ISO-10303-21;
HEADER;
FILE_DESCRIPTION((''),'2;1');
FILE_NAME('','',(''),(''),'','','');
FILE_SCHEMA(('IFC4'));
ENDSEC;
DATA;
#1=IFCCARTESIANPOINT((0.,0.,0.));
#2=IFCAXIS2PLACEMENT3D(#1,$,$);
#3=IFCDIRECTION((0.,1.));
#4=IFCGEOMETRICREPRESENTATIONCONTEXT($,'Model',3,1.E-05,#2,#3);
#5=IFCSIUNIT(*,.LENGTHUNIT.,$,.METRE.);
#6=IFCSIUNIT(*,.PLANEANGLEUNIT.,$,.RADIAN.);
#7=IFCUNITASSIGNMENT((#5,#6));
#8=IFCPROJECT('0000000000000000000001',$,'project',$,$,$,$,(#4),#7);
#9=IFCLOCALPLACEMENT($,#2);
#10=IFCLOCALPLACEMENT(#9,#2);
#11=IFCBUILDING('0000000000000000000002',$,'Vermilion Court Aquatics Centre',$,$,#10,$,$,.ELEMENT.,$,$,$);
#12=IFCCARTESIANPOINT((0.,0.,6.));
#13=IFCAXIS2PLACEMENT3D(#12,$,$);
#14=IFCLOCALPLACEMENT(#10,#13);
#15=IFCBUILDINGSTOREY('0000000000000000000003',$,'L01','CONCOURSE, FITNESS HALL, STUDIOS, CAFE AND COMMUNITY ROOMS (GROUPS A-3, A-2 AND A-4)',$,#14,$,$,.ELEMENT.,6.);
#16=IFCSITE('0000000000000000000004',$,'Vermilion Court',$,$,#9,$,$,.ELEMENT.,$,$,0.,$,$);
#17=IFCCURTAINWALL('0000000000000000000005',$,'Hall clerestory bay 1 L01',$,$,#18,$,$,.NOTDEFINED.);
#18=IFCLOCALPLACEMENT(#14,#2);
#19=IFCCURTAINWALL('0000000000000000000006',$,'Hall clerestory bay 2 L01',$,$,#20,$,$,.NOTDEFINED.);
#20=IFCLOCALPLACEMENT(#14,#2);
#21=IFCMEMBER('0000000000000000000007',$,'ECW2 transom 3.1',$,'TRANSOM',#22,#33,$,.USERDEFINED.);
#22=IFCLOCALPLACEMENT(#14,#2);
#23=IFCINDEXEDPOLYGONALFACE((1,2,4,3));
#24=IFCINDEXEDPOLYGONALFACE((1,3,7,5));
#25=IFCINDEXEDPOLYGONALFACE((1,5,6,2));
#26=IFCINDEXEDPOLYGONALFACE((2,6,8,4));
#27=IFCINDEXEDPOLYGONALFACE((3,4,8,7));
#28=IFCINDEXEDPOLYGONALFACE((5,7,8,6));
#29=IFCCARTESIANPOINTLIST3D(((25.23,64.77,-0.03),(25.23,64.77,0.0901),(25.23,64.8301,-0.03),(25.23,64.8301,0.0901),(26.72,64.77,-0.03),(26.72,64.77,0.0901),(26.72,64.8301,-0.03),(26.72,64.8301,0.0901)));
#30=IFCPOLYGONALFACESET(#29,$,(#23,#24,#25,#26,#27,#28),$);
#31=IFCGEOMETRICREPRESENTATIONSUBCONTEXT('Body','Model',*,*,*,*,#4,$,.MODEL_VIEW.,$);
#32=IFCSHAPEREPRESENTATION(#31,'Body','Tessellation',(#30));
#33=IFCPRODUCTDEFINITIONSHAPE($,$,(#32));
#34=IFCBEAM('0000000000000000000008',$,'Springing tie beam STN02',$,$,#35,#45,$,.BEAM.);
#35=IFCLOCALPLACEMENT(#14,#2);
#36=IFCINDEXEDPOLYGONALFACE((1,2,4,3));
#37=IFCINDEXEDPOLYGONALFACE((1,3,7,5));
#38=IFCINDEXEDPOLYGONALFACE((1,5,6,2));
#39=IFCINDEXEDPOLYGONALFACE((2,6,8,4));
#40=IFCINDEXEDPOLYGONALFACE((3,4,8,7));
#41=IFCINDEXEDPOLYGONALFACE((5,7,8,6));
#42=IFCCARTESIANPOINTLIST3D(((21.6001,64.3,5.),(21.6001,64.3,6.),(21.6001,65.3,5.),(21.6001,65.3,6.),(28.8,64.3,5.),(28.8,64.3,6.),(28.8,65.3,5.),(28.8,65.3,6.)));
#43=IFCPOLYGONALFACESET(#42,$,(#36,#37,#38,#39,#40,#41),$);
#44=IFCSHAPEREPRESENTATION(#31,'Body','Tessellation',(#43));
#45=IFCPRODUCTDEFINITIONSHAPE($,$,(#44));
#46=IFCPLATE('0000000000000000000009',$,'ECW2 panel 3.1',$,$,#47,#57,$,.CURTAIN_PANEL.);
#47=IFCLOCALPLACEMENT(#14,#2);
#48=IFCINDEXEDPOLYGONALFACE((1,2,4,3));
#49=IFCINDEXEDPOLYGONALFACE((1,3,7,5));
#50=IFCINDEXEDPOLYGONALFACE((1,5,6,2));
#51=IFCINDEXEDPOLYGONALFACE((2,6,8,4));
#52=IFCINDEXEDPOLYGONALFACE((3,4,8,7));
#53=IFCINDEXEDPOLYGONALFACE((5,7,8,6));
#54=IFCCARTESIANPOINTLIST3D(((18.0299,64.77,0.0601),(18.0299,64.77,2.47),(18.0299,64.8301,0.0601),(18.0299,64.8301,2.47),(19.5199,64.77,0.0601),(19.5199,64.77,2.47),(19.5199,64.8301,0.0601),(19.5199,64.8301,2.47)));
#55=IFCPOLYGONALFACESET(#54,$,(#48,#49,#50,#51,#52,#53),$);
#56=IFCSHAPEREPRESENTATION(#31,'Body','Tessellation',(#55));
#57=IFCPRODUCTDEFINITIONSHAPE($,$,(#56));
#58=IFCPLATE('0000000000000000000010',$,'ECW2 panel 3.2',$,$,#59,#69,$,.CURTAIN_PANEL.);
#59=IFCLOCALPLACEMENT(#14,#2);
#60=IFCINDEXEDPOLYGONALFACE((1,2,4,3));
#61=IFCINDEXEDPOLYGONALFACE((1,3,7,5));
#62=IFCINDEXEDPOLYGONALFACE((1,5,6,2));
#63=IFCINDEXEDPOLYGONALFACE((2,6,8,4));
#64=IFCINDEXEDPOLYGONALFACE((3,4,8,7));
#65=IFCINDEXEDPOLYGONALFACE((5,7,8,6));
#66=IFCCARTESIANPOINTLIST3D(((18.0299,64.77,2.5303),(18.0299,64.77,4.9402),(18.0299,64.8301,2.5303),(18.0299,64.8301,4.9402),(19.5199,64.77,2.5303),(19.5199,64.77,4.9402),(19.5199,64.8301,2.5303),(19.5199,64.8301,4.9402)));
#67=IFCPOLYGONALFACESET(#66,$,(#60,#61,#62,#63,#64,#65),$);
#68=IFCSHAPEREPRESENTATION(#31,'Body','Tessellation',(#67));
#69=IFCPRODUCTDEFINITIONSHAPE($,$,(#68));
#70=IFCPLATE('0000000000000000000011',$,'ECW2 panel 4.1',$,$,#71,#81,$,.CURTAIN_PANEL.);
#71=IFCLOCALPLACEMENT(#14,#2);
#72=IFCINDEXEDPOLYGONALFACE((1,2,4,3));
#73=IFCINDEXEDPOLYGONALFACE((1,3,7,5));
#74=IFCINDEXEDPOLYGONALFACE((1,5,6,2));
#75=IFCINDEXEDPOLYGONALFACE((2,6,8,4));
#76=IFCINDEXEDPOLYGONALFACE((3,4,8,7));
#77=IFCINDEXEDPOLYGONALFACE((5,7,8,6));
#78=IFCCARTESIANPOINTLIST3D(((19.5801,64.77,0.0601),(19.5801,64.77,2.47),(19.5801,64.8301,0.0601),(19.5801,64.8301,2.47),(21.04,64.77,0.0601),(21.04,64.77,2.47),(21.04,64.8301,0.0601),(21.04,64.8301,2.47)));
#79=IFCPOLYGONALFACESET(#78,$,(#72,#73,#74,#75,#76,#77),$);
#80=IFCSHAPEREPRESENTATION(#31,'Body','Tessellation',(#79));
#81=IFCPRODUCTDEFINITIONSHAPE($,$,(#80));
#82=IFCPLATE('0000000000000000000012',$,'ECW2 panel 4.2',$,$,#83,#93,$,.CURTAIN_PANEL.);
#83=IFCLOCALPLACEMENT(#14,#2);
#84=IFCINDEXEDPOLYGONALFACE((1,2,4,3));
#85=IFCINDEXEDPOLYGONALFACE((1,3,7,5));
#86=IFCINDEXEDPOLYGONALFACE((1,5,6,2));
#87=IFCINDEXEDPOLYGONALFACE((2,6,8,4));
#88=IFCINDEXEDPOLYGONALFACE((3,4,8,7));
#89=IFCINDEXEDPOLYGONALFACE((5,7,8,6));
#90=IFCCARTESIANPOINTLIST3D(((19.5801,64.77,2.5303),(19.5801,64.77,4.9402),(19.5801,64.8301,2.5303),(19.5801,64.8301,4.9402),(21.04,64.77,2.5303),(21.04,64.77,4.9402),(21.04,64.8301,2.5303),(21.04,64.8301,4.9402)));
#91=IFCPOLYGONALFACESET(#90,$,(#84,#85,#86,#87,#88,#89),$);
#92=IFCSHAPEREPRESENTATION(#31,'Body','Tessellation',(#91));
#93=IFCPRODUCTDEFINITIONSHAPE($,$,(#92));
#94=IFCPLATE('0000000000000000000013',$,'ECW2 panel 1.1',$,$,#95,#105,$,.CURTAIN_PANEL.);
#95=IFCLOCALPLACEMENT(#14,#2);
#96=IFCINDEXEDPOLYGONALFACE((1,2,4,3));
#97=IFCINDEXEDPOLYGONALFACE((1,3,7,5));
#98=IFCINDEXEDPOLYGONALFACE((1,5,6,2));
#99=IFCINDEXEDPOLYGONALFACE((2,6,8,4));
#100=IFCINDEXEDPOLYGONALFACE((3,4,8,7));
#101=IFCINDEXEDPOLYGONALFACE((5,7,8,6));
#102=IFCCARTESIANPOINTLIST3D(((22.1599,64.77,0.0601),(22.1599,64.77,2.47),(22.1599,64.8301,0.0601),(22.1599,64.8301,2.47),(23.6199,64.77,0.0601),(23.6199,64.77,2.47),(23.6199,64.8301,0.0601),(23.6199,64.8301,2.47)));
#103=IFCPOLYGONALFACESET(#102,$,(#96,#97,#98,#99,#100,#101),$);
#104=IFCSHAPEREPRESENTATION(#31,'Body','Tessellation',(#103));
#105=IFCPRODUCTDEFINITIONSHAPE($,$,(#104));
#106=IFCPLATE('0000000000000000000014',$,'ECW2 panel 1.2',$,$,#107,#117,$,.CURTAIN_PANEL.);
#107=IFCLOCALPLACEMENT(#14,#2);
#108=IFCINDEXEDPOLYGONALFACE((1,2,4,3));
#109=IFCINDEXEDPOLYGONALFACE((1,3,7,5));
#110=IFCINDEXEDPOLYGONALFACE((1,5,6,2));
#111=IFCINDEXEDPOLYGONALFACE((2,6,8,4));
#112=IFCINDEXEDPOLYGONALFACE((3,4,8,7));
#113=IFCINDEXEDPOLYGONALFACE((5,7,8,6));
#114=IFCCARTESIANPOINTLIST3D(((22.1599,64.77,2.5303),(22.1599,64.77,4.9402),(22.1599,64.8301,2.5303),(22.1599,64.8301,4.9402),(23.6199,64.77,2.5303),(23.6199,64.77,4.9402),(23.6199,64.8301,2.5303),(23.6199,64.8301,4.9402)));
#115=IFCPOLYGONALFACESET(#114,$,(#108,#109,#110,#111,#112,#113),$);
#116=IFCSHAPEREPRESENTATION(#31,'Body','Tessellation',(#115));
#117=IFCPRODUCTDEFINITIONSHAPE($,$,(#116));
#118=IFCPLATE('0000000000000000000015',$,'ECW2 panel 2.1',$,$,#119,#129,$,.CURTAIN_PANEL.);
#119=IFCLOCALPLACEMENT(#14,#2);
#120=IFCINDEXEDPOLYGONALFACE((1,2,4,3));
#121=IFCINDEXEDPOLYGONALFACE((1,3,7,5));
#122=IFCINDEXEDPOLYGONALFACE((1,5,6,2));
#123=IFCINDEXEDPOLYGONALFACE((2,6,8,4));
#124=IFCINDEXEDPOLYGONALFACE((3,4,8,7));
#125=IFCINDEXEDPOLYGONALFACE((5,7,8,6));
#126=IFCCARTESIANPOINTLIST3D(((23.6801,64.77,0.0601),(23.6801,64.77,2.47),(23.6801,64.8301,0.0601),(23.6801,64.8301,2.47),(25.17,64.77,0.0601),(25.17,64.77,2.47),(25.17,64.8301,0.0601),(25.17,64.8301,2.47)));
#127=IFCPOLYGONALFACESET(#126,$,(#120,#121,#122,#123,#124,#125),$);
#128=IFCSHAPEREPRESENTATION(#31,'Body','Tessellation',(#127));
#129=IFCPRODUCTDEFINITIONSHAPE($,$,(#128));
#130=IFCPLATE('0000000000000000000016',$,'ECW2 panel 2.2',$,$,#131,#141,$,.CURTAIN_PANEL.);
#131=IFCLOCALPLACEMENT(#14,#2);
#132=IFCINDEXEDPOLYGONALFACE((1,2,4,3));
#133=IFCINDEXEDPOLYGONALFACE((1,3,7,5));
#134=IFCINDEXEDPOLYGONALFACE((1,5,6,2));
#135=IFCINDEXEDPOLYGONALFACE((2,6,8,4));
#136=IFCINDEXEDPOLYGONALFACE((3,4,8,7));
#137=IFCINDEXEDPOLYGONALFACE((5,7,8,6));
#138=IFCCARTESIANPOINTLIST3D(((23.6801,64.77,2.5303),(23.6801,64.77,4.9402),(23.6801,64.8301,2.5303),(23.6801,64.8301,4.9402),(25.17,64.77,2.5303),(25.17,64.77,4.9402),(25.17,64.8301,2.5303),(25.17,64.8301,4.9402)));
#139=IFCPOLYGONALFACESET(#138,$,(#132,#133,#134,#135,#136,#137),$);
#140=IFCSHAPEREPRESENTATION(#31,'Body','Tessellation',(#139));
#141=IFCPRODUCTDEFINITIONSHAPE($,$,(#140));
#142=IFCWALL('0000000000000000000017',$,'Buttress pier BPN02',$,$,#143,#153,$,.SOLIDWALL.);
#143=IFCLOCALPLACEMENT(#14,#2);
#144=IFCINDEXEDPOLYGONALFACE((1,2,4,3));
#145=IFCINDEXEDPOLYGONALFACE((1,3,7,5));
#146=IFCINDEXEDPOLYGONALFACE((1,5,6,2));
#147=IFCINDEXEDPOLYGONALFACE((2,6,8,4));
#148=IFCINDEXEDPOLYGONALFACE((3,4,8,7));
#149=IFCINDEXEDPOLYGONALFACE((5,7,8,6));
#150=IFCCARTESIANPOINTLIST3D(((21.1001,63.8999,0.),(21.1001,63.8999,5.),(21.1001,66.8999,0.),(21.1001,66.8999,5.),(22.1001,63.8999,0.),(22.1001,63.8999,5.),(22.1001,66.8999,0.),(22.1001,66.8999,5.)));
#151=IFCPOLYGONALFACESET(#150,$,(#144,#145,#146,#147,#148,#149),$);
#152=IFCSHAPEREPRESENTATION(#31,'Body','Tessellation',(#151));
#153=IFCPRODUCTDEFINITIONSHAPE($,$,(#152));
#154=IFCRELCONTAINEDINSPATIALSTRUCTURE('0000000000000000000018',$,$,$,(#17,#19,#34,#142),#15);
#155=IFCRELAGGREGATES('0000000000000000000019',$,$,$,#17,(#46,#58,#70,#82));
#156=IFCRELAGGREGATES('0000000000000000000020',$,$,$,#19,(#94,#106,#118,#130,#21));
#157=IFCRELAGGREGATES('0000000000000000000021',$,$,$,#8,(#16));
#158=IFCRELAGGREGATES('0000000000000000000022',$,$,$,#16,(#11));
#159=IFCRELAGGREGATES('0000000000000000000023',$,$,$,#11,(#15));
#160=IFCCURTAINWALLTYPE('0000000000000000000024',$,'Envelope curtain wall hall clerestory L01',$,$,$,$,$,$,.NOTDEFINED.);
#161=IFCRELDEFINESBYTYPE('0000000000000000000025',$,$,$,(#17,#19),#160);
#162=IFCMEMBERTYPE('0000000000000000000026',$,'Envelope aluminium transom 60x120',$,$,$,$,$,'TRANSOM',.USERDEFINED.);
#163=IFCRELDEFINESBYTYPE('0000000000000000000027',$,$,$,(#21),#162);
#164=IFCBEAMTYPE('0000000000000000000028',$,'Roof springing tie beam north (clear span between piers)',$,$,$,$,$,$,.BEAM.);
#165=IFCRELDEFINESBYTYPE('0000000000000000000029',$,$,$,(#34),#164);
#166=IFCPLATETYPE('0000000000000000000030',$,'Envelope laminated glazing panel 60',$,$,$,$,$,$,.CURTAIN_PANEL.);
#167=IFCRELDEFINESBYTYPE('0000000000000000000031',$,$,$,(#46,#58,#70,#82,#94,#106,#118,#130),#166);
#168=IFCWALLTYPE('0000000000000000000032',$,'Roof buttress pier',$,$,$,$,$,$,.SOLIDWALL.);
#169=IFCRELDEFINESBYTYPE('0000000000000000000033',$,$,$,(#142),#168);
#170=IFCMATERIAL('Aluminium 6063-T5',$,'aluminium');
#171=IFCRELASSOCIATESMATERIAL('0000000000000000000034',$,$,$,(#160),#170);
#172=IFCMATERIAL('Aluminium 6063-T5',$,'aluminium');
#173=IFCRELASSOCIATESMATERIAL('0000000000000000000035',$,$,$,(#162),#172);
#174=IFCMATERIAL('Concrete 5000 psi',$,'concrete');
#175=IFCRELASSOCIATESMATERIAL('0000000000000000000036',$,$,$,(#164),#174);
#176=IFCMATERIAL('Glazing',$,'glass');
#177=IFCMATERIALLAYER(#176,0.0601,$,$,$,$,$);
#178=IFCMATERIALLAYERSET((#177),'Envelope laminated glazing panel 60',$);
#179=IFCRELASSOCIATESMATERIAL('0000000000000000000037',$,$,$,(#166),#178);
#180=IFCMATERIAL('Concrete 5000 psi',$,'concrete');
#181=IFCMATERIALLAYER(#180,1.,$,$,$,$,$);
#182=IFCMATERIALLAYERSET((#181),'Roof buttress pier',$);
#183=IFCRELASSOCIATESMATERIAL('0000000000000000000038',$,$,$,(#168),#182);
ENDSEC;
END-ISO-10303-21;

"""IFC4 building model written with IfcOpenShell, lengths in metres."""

from ifc_helpers import new_model, si_unit, direction, frame, frame_2d, origin, origin_2d, place, context, subcontext, project, spatial, rectangle, extrude, material, layer, layer_set, material_profile, profile_set, type_object, element, aggregate, save


model = new_model("IFC4")

# Units and contexts
model_context = context("Model", 3, precision=1e-05, world=origin(), true_north=direction((0.0, 1.0)))
body_context = subcontext(model_context, "Body", "Model", "MODEL_VIEW")
ifc_project = project(units=[si_unit("LENGTHUNIT", "METRE"), si_unit("PLANEANGLEUNIT", "RADIAN")], contexts=[model_context])

# Site, building, storey
site_placement = place(None, origin())
site = spatial("IfcSite", under=ifc_project, at=site_placement, Name="Vermilion Court", CompositionType="ELEMENT", RefElevation=0.0)
building_placement = place(site_placement, origin())
building = spatial("IfcBuilding", under=site, at=building_placement, Name="Vermilion Court Aquatics Centre", CompositionType="ELEMENT")
storey_placement = place(building_placement, frame((0.0, 0.0, 6.0)))
storey = spatial("IfcBuildingStorey", under=building, at=storey_placement, Name="L01", Description="CONCOURSE, FITNESS HALL, STUDIOS, CAFE AND COMMUNITY ROOMS (GROUPS A-3, A-2 AND A-4)", CompositionType="ELEMENT", Elevation=6.0)

# Curtain walls
ifc_material_1 = material(Name="Aluminium 6063-T5", Category="aluminium")
curtain_wall_type = type_object("IfcCurtainWallType", Name="Envelope curtain wall hall clerestory L01", PredefinedType="NOTDEFINED", material=ifc_material_1)
curtain_wall_1_placement = place(storey_placement, origin())
curtain_wall_1 = element("IfcCurtainWall", 1, at=curtain_wall_1_placement, inside=storey, type_object=curtain_wall_type, Name="Hall clerestory bay 1 L01", PredefinedType="NOTDEFINED")
curtain_wall_2_placement = place(storey_placement, origin())
curtain_wall_2 = element("IfcCurtainWall", 2, at=curtain_wall_2_placement, inside=storey, type_object=curtain_wall_type, Name="Hall clerestory bay 2 L01", PredefinedType="NOTDEFINED")

# Member
ifc_material_2 = material(Name="Aluminium 6063-T5", Category="aluminium")
ifc_material_profile_1 = material_profile(ifc_material_2, rectangle(XDim=0.0601, YDim=0.1201, at=origin_2d()), Name="AL 60x120")
ifc_profile_set_1 = profile_set([ifc_material_profile_1], Name="Aluminium 6063-T5")
member_type_1 = type_object("IfcMemberType", Name="Envelope aluminium transom 60x120", ElementType="TRANSOM", PredefinedType="USERDEFINED", material=ifc_profile_set_1)
member_1_placement = place(storey_placement, frame((25.23, 64.8, 0.03), z_axis=(1.0, 0.0, 0.0), x_axis=(0.0, 1.0, 0.0)))
member_1 = element("IfcMember", 3, at=member_1_placement, type_object=member_type_1, Name="ECW2 transom 3.1", ObjectType="TRANSOM", PredefinedType="USERDEFINED", context=body_context, shape_type="SweptSolid", body=[
    extrude(rectangle(XDim=0.0601, YDim=0.1201, at=origin_2d()), origin(), (0.0, 0.0, 1.0), 1.49),
])

# Beam
ifc_material_3 = material(Name="Concrete 5000 psi", Category="concrete")
ifc_material_profile_2 = material_profile(ifc_material_3, rectangle(XDim=1.0, YDim=1.0, at=origin_2d()), Name="RC 1000x1000")
ifc_profile_set_2 = profile_set([ifc_material_profile_2], Name="Concrete 5000 psi")
beam_type = type_object("IfcBeamType", Name="Roof springing tie beam north (clear span between piers)", PredefinedType="BEAM", material=ifc_profile_set_2)
beam_placement = place(storey_placement, frame((21.6001, 64.8, 5.5), z_axis=(1.0, 0.0, 0.0), x_axis=(0.0, 1.0, 0.0)))
element("IfcBeam", 4, at=beam_placement, inside=storey, type_object=beam_type, Name="Springing tie beam STN02", PredefinedType="BEAM", context=body_context, shape_type="SweptSolid", body=[
    extrude(rectangle(XDim=1.0, YDim=1.0, at=origin_2d()), origin(), (0.0, 0.0, 1.0), 7.2),
])

# Plates
ifc_material_4 = material(Name="Glazing", Category="glass")
ifc_layer_1 = layer(ifc_material_4, 0.0601)
ifc_layer_set_1 = layer_set([ifc_layer_1], Name="Envelope laminated glazing panel 60")
plate_type = type_object("IfcPlateType", Name="Envelope laminated glazing panel 60", PredefinedType="CURTAIN_PANEL", material=ifc_layer_set_1)
plate_1_placement = place(storey_placement, frame((18.7749, 64.8, 0.0601), z_axis=(0.0, 0.0, 1.0), x_axis=(1.0, 0.0, 0.0)))
plate_1 = element("IfcPlate", 5, at=plate_1_placement, type_object=plate_type, Name="ECW2 panel 3.1", PredefinedType="CURTAIN_PANEL", context=body_context, shape_type="SweptSolid", body=[
    extrude(rectangle(XDim=1.49, YDim=0.0601, at=origin_2d()), origin(), (0.0, 0.0, 1.0), 2.4099),
])
plate_2_placement = place(storey_placement, frame((18.7749, 64.8, 2.5303), z_axis=(0.0, 0.0, 1.0), x_axis=(1.0, 0.0, 0.0)))
plate_2 = element("IfcPlate", 6, at=plate_2_placement, type_object=plate_type, Name="ECW2 panel 3.2", PredefinedType="CURTAIN_PANEL", context=body_context, shape_type="SweptSolid", body=[
    extrude(rectangle(XDim=1.49, YDim=0.0601, at=origin_2d()), origin(), (0.0, 0.0, 1.0), 2.4099),
])
plate_3_placement = place(storey_placement, frame((20.3101, 64.8, 0.0601), z_axis=(0.0, 0.0, 1.0), x_axis=(1.0, 0.0, 0.0)))
plate_3 = element("IfcPlate", 7, at=plate_3_placement, type_object=plate_type, Name="ECW2 panel 4.1", PredefinedType="CURTAIN_PANEL", context=body_context, shape_type="SweptSolid", body=[
    extrude(rectangle(XDim=1.46, YDim=0.0601, at=origin_2d()), origin(), (0.0, 0.0, 1.0), 2.4099),
])
plate_4_placement = place(storey_placement, frame((20.3101, 64.8, 2.5303), z_axis=(0.0, 0.0, 1.0), x_axis=(1.0, 0.0, 0.0)))
plate_4 = element("IfcPlate", 8, at=plate_4_placement, type_object=plate_type, Name="ECW2 panel 4.2", PredefinedType="CURTAIN_PANEL", context=body_context, shape_type="SweptSolid", body=[
    extrude(rectangle(XDim=1.46, YDim=0.0601, at=origin_2d()), origin(), (0.0, 0.0, 1.0), 2.4099),
])
aggregate(curtain_wall_1, [plate_1, plate_2, plate_3, plate_4])
plate_5_placement = place(storey_placement, frame((22.8899, 64.8, 0.0601), z_axis=(0.0, 0.0, 1.0), x_axis=(1.0, 0.0, 0.0)))
plate_5 = element("IfcPlate", 9, at=plate_5_placement, type_object=plate_type, Name="ECW2 panel 1.1", PredefinedType="CURTAIN_PANEL", context=body_context, shape_type="SweptSolid", body=[
    extrude(rectangle(XDim=1.46, YDim=0.0601, at=origin_2d()), origin(), (0.0, 0.0, 1.0), 2.4099),
])
plate_6_placement = place(storey_placement, frame((22.8899, 64.8, 2.5303), z_axis=(0.0, 0.0, 1.0), x_axis=(1.0, 0.0, 0.0)))
plate_6 = element("IfcPlate", 10, at=plate_6_placement, type_object=plate_type, Name="ECW2 panel 1.2", PredefinedType="CURTAIN_PANEL", context=body_context, shape_type="SweptSolid", body=[
    extrude(rectangle(XDim=1.46, YDim=0.0601, at=origin_2d()), origin(), (0.0, 0.0, 1.0), 2.4099),
])
plate_7_placement = place(storey_placement, frame((24.425, 64.8, 0.0601), z_axis=(0.0, 0.0, 1.0), x_axis=(1.0, 0.0, 0.0)))
plate_7 = element("IfcPlate", 11, at=plate_7_placement, type_object=plate_type, Name="ECW2 panel 2.1", PredefinedType="CURTAIN_PANEL", context=body_context, shape_type="SweptSolid", body=[
    extrude(rectangle(XDim=1.49, YDim=0.0601, at=origin_2d()), origin(), (0.0, 0.0, 1.0), 2.4099),
])
plate_8_placement = place(storey_placement, frame((24.425, 64.8, 2.5303), z_axis=(0.0, 0.0, 1.0), x_axis=(1.0, 0.0, 0.0)))
plate_8 = element("IfcPlate", 12, at=plate_8_placement, type_object=plate_type, Name="ECW2 panel 2.2", PredefinedType="CURTAIN_PANEL", context=body_context, shape_type="SweptSolid", body=[
    extrude(rectangle(XDim=1.49, YDim=0.0601, at=origin_2d()), origin(), (0.0, 0.0, 1.0), 2.4099),
])
aggregate(curtain_wall_2, [plate_5, plate_6, plate_7, plate_8, member_1])

# Wall
ifc_material_5 = material(Name="Concrete 5000 psi", Category="concrete")
ifc_layer_2 = layer(ifc_material_5, 1.0)
ifc_layer_set_2 = layer_set([ifc_layer_2], Name="Roof buttress pier")
wall_type = type_object("IfcWallType", Name="Roof buttress pier", PredefinedType="SOLIDWALL", material=ifc_layer_set_2)
wall_placement = place(storey_placement, frame((21.6001, 63.8999, 0.0), z_axis=(0.0, 0.0, 1.0), x_axis=(0.0, 1.0, 0.0)))
element("IfcWall", 13, at=wall_placement, inside=storey, type_object=wall_type, Name="Buttress pier BPN02", PredefinedType="SOLIDWALL", context=body_context, shape_type="SweptSolid", body=[
    extrude(rectangle(XDim=3.0, YDim=1.0, at=frame_2d((1.5, 0.0))), origin(), (0.0, 0.0, 1.0), 5.0),
])

save(model, "model.ifc")
